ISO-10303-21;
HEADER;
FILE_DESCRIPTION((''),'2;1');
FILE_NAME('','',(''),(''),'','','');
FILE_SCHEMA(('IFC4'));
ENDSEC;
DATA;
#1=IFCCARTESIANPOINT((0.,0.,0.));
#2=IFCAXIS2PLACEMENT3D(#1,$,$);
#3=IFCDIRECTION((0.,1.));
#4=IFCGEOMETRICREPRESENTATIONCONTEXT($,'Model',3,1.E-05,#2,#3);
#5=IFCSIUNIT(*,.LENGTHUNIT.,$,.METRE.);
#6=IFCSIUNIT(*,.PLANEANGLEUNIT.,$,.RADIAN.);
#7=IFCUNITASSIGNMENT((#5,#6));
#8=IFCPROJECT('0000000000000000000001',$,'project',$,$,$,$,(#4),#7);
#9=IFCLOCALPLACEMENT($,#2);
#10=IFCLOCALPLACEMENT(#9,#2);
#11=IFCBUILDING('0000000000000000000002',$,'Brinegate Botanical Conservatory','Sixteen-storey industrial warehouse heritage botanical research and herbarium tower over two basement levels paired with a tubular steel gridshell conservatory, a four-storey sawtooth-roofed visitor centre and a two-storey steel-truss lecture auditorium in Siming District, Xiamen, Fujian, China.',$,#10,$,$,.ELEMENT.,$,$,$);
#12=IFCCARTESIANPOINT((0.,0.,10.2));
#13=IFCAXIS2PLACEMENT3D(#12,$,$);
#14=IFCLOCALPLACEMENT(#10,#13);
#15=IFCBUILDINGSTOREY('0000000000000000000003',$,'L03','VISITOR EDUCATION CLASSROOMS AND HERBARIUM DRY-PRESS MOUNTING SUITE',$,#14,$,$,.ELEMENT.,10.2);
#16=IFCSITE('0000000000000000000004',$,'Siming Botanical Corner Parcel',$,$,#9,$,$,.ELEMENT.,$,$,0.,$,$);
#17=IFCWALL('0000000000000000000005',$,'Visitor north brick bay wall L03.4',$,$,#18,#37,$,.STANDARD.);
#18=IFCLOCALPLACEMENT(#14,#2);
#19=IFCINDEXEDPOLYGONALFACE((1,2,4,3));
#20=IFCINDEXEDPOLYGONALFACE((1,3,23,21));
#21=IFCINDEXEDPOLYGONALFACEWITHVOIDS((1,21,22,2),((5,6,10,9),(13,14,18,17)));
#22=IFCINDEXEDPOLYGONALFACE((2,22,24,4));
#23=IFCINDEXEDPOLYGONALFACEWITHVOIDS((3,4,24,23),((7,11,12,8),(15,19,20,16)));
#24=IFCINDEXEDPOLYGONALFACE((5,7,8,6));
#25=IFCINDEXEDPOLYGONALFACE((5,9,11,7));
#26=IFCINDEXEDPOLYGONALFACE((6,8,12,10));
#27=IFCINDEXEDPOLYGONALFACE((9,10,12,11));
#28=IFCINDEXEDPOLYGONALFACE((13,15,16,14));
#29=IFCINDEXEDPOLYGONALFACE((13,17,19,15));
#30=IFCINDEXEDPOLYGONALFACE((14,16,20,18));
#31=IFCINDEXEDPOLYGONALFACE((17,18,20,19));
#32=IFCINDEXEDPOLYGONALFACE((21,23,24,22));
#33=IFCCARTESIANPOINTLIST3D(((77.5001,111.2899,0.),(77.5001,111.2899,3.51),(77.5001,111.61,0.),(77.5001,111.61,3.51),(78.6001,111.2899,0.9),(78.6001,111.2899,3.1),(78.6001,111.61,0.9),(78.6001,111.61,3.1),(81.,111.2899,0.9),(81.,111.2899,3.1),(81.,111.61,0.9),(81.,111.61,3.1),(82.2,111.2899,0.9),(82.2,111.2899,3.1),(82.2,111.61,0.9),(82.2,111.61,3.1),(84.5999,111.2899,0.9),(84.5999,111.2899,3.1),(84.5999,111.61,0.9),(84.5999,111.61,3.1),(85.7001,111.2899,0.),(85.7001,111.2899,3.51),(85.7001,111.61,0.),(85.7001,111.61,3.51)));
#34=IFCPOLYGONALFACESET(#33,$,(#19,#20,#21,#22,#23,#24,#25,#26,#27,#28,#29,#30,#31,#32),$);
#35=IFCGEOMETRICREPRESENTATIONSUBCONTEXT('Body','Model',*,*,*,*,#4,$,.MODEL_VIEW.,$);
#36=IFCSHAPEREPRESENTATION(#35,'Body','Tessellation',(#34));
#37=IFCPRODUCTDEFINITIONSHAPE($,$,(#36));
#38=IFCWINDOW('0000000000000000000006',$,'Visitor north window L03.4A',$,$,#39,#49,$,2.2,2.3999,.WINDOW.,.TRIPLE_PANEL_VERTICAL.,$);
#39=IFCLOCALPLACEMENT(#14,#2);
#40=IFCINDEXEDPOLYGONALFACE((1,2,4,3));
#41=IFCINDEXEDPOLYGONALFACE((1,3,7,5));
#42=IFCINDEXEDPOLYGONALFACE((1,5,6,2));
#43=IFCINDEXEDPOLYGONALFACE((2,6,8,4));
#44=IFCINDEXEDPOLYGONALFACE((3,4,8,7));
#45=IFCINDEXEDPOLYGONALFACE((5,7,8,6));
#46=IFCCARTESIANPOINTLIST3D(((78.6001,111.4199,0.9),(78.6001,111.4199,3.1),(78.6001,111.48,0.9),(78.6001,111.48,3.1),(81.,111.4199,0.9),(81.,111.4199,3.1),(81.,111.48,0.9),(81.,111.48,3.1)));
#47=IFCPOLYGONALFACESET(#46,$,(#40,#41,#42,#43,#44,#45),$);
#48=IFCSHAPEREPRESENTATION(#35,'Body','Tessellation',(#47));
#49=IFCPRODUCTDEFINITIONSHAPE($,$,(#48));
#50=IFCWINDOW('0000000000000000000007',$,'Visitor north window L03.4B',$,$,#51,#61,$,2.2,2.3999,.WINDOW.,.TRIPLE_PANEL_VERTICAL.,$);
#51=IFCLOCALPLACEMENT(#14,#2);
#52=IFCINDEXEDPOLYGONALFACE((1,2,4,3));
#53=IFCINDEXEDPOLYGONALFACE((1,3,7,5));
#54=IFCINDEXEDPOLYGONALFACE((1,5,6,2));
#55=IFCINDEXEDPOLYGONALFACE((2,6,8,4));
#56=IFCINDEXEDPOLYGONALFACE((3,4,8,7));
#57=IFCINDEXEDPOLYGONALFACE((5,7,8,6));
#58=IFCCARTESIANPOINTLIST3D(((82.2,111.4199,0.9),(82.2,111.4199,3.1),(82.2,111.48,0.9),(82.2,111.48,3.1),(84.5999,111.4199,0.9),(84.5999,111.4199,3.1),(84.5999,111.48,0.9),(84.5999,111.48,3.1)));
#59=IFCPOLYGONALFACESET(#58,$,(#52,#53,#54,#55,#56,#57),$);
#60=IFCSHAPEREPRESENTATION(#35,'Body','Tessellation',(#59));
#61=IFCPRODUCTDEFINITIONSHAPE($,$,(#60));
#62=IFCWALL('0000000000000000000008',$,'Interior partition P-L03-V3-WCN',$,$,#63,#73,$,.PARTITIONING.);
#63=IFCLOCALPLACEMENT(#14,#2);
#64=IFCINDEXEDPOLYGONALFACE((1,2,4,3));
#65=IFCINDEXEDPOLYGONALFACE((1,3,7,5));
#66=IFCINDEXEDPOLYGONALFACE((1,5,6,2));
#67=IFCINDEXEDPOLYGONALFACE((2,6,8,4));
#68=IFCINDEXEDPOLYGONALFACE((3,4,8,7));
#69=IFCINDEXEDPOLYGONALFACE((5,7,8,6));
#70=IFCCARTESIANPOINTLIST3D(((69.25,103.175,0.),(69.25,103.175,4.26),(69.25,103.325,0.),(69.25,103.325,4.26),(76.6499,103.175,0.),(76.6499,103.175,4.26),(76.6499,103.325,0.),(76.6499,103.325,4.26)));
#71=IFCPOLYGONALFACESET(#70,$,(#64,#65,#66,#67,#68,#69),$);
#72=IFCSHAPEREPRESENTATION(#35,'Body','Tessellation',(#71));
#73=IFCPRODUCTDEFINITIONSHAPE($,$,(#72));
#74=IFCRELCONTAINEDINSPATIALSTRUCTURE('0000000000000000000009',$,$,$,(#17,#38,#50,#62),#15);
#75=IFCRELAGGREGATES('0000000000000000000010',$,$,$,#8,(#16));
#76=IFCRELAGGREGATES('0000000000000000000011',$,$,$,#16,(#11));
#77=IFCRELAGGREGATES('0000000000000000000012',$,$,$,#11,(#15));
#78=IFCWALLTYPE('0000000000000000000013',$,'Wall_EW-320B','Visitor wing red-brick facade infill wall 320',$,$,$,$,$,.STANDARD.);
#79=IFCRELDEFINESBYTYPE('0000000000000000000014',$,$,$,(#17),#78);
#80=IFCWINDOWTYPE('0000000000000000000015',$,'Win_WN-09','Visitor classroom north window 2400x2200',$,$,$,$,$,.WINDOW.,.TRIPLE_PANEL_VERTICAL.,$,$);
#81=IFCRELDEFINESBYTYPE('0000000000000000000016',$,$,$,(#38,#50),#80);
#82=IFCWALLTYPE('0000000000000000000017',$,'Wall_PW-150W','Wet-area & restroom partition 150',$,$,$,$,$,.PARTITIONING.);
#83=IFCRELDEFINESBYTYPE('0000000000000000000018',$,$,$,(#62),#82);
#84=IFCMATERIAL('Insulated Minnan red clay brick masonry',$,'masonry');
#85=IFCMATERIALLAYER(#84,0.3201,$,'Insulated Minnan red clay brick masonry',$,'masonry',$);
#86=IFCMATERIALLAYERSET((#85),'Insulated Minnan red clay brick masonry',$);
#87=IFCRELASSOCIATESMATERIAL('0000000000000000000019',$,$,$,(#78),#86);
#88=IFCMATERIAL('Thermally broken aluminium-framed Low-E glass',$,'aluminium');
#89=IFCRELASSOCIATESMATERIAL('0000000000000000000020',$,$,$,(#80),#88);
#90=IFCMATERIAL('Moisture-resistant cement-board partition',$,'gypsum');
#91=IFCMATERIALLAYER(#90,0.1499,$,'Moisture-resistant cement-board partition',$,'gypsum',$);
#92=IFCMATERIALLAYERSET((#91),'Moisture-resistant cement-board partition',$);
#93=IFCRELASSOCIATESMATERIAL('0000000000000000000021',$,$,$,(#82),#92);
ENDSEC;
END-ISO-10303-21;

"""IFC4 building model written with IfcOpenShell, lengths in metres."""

from ifc_helpers import new_model, si_unit, direction, frame, frame_2d, origin, place, context, subcontext, project, spatial, rectangle, extrude, material, layer, layer_set, type_object, element, fill, save


model = new_model("IFC4")

# Units and contexts
model_context = context("Model", 3, precision=1e-05, world=origin(), true_north=direction((0.0, 1.0)))
body_context = subcontext(model_context, "Body", "Model", "MODEL_VIEW")
ifc_project = project(units=[si_unit("LENGTHUNIT", "METRE"), si_unit("PLANEANGLEUNIT", "RADIAN")], contexts=[model_context])

# Site, building, storey
site_placement = place(None, origin())
site = spatial("IfcSite", under=ifc_project, at=site_placement, Name="Siming Botanical Corner Parcel", CompositionType="ELEMENT", RefElevation=0.0)
building_placement = place(site_placement, origin())
building = spatial("IfcBuilding", under=site, at=building_placement, Name="Brinegate Botanical Conservatory", Description="Sixteen-storey industrial warehouse heritage botanical research and herbarium tower over two basement levels paired with a tubular steel gridshell conservatory, a four-storey sawtooth-roofed visitor centre and a two-storey steel-truss lecture auditorium in Siming District, Xiamen, Fujian, China.", CompositionType="ELEMENT")
storey_placement = place(building_placement, frame((0.0, 0.0, 10.2)))
storey = spatial("IfcBuildingStorey", under=building, at=storey_placement, Name="L03", Description="VISITOR EDUCATION CLASSROOMS AND HERBARIUM DRY-PRESS MOUNTING SUITE", CompositionType="ELEMENT", Elevation=10.2)

# Wall, openings, windows
ifc_material_1 = material(Name="Insulated Minnan red clay brick masonry", Category="masonry")
ifc_layer_1 = layer(ifc_material_1, 0.3201, Name="Insulated Minnan red clay brick masonry", Category="masonry")
ifc_layer_set_1 = layer_set([ifc_layer_1], Name="Insulated Minnan red clay brick masonry")
wall_type_1 = type_object("IfcWallType", Name="Wall_EW-320B", Description="Visitor wing red-brick facade infill wall 320", PredefinedType="STANDARD", material=ifc_layer_set_1)
wall_1_placement = place(storey_placement, frame((77.5, 111.45, 0.0), z_axis=(0.0, 0.0, 1.0), x_axis=(1.0, 0.0, 0.0)))
wall_1 = element("IfcWall", 1, at=wall_1_placement, inside=storey, type_object=wall_type_1, Name="Visitor north brick bay wall L03.4", PredefinedType="STANDARD", context=body_context, shape_type="SweptSolid", body=[
    extrude(rectangle(XDim=8.2, YDim=0.3201, at=frame_2d((4.1001, 0.0))), origin(), (0.0, 0.0, 1.0), 3.51),
])
opening_1_placement = place(wall_1_placement, frame((1.1001, 0.0, 0.8999)))
opening_1 = element("IfcOpeningElement", 2, at=opening_1_placement, cuts=wall_1, PredefinedType="OPENING", context=body_context, shape_type="SweptSolid", body=[
    extrude(rectangle(XDim=2.3999, YDim=2.2, at=frame_2d((1.2, 1.1001))), frame((0.0, 0.1699, 0.0), z_axis=(0.0, -1.0, 0.0), x_axis=(1.0, 0.0, 0.0)), (0.0, 0.0, 1.0), 0.3401),
])
opening_2_placement = place(wall_1_placement, frame((4.7, 0.0, 0.8999)))
opening_2 = element("IfcOpeningElement", 3, at=opening_2_placement, cuts=wall_1, PredefinedType="OPENING", context=body_context, shape_type="SweptSolid", body=[
    extrude(rectangle(XDim=2.3999, YDim=2.2, at=frame_2d((1.2, 1.1001))), frame((0.0, 0.1699, 0.0), z_axis=(0.0, -1.0, 0.0), x_axis=(1.0, 0.0, 0.0)), (0.0, 0.0, 1.0), 0.3401),
])
ifc_material_2 = material(Name="Thermally broken aluminium-framed Low-E glass", Category="aluminium")
window_type = type_object("IfcWindowType", Name="Win_WN-09", Description="Visitor classroom north window 2400x2200", PartitioningType="TRIPLE_PANEL_VERTICAL", PredefinedType="WINDOW", material=ifc_material_2)
window_1_placement = place(opening_1_placement, origin())
window_1 = element("IfcWindow", 4, at=window_1_placement, inside=storey, type_object=window_type, Name="Visitor north window L03.4A", OverallHeight=2.2, OverallWidth=2.3999, PartitioningType="TRIPLE_PANEL_VERTICAL", PredefinedType="WINDOW", context=body_context, shape_type="SweptSolid", body=[
    extrude(rectangle(XDim=2.3999, YDim=2.2, at=frame_2d((1.2, 1.1001))), frame((0.0, 0.03, 0.0), z_axis=(0.0, -1.0, 0.0), x_axis=(1.0, 0.0, 0.0)), (0.0, 0.0, 1.0), 0.0601),
])
fill(opening_1, window_1)
window_2_placement = place(opening_2_placement, origin())
window_2 = element("IfcWindow", 5, at=window_2_placement, inside=storey, type_object=window_type, Name="Visitor north window L03.4B", OverallHeight=2.2, OverallWidth=2.3999, PartitioningType="TRIPLE_PANEL_VERTICAL", PredefinedType="WINDOW", context=body_context, shape_type="SweptSolid", body=[
    extrude(rectangle(XDim=2.3999, YDim=2.2, at=frame_2d((1.2, 1.1001))), frame((0.0, 0.03, 0.0), z_axis=(0.0, -1.0, 0.0), x_axis=(1.0, 0.0, 0.0)), (0.0, 0.0, 1.0), 0.0601),
])
fill(opening_2, window_2)

# Wall
ifc_material_3 = material(Name="Moisture-resistant cement-board partition", Category="gypsum")
ifc_layer_2 = layer(ifc_material_3, 0.1499, Name="Moisture-resistant cement-board partition", Category="gypsum")
ifc_layer_set_2 = layer_set([ifc_layer_2], Name="Moisture-resistant cement-board partition")
wall_type_2 = type_object("IfcWallType", Name="Wall_PW-150W", Description="Wet-area & restroom partition 150", PredefinedType="PARTITIONING", material=ifc_layer_set_2)
wall_2_placement = place(storey_placement, frame((69.25, 103.25, 0.0), z_axis=(0.0, 0.0, 1.0), x_axis=(1.0, 0.0, 0.0)))
element("IfcWall", 6, at=wall_2_placement, inside=storey, type_object=wall_type_2, Name="Interior partition P-L03-V3-WCN", PredefinedType="PARTITIONING", context=body_context, shape_type="SweptSolid", body=[
    extrude(rectangle(XDim=7.3999, YDim=0.1499, at=frame_2d((3.7, 0.0))), origin(), (0.0, 0.0, 1.0), 4.26),
])

save(model, "model.ifc")
